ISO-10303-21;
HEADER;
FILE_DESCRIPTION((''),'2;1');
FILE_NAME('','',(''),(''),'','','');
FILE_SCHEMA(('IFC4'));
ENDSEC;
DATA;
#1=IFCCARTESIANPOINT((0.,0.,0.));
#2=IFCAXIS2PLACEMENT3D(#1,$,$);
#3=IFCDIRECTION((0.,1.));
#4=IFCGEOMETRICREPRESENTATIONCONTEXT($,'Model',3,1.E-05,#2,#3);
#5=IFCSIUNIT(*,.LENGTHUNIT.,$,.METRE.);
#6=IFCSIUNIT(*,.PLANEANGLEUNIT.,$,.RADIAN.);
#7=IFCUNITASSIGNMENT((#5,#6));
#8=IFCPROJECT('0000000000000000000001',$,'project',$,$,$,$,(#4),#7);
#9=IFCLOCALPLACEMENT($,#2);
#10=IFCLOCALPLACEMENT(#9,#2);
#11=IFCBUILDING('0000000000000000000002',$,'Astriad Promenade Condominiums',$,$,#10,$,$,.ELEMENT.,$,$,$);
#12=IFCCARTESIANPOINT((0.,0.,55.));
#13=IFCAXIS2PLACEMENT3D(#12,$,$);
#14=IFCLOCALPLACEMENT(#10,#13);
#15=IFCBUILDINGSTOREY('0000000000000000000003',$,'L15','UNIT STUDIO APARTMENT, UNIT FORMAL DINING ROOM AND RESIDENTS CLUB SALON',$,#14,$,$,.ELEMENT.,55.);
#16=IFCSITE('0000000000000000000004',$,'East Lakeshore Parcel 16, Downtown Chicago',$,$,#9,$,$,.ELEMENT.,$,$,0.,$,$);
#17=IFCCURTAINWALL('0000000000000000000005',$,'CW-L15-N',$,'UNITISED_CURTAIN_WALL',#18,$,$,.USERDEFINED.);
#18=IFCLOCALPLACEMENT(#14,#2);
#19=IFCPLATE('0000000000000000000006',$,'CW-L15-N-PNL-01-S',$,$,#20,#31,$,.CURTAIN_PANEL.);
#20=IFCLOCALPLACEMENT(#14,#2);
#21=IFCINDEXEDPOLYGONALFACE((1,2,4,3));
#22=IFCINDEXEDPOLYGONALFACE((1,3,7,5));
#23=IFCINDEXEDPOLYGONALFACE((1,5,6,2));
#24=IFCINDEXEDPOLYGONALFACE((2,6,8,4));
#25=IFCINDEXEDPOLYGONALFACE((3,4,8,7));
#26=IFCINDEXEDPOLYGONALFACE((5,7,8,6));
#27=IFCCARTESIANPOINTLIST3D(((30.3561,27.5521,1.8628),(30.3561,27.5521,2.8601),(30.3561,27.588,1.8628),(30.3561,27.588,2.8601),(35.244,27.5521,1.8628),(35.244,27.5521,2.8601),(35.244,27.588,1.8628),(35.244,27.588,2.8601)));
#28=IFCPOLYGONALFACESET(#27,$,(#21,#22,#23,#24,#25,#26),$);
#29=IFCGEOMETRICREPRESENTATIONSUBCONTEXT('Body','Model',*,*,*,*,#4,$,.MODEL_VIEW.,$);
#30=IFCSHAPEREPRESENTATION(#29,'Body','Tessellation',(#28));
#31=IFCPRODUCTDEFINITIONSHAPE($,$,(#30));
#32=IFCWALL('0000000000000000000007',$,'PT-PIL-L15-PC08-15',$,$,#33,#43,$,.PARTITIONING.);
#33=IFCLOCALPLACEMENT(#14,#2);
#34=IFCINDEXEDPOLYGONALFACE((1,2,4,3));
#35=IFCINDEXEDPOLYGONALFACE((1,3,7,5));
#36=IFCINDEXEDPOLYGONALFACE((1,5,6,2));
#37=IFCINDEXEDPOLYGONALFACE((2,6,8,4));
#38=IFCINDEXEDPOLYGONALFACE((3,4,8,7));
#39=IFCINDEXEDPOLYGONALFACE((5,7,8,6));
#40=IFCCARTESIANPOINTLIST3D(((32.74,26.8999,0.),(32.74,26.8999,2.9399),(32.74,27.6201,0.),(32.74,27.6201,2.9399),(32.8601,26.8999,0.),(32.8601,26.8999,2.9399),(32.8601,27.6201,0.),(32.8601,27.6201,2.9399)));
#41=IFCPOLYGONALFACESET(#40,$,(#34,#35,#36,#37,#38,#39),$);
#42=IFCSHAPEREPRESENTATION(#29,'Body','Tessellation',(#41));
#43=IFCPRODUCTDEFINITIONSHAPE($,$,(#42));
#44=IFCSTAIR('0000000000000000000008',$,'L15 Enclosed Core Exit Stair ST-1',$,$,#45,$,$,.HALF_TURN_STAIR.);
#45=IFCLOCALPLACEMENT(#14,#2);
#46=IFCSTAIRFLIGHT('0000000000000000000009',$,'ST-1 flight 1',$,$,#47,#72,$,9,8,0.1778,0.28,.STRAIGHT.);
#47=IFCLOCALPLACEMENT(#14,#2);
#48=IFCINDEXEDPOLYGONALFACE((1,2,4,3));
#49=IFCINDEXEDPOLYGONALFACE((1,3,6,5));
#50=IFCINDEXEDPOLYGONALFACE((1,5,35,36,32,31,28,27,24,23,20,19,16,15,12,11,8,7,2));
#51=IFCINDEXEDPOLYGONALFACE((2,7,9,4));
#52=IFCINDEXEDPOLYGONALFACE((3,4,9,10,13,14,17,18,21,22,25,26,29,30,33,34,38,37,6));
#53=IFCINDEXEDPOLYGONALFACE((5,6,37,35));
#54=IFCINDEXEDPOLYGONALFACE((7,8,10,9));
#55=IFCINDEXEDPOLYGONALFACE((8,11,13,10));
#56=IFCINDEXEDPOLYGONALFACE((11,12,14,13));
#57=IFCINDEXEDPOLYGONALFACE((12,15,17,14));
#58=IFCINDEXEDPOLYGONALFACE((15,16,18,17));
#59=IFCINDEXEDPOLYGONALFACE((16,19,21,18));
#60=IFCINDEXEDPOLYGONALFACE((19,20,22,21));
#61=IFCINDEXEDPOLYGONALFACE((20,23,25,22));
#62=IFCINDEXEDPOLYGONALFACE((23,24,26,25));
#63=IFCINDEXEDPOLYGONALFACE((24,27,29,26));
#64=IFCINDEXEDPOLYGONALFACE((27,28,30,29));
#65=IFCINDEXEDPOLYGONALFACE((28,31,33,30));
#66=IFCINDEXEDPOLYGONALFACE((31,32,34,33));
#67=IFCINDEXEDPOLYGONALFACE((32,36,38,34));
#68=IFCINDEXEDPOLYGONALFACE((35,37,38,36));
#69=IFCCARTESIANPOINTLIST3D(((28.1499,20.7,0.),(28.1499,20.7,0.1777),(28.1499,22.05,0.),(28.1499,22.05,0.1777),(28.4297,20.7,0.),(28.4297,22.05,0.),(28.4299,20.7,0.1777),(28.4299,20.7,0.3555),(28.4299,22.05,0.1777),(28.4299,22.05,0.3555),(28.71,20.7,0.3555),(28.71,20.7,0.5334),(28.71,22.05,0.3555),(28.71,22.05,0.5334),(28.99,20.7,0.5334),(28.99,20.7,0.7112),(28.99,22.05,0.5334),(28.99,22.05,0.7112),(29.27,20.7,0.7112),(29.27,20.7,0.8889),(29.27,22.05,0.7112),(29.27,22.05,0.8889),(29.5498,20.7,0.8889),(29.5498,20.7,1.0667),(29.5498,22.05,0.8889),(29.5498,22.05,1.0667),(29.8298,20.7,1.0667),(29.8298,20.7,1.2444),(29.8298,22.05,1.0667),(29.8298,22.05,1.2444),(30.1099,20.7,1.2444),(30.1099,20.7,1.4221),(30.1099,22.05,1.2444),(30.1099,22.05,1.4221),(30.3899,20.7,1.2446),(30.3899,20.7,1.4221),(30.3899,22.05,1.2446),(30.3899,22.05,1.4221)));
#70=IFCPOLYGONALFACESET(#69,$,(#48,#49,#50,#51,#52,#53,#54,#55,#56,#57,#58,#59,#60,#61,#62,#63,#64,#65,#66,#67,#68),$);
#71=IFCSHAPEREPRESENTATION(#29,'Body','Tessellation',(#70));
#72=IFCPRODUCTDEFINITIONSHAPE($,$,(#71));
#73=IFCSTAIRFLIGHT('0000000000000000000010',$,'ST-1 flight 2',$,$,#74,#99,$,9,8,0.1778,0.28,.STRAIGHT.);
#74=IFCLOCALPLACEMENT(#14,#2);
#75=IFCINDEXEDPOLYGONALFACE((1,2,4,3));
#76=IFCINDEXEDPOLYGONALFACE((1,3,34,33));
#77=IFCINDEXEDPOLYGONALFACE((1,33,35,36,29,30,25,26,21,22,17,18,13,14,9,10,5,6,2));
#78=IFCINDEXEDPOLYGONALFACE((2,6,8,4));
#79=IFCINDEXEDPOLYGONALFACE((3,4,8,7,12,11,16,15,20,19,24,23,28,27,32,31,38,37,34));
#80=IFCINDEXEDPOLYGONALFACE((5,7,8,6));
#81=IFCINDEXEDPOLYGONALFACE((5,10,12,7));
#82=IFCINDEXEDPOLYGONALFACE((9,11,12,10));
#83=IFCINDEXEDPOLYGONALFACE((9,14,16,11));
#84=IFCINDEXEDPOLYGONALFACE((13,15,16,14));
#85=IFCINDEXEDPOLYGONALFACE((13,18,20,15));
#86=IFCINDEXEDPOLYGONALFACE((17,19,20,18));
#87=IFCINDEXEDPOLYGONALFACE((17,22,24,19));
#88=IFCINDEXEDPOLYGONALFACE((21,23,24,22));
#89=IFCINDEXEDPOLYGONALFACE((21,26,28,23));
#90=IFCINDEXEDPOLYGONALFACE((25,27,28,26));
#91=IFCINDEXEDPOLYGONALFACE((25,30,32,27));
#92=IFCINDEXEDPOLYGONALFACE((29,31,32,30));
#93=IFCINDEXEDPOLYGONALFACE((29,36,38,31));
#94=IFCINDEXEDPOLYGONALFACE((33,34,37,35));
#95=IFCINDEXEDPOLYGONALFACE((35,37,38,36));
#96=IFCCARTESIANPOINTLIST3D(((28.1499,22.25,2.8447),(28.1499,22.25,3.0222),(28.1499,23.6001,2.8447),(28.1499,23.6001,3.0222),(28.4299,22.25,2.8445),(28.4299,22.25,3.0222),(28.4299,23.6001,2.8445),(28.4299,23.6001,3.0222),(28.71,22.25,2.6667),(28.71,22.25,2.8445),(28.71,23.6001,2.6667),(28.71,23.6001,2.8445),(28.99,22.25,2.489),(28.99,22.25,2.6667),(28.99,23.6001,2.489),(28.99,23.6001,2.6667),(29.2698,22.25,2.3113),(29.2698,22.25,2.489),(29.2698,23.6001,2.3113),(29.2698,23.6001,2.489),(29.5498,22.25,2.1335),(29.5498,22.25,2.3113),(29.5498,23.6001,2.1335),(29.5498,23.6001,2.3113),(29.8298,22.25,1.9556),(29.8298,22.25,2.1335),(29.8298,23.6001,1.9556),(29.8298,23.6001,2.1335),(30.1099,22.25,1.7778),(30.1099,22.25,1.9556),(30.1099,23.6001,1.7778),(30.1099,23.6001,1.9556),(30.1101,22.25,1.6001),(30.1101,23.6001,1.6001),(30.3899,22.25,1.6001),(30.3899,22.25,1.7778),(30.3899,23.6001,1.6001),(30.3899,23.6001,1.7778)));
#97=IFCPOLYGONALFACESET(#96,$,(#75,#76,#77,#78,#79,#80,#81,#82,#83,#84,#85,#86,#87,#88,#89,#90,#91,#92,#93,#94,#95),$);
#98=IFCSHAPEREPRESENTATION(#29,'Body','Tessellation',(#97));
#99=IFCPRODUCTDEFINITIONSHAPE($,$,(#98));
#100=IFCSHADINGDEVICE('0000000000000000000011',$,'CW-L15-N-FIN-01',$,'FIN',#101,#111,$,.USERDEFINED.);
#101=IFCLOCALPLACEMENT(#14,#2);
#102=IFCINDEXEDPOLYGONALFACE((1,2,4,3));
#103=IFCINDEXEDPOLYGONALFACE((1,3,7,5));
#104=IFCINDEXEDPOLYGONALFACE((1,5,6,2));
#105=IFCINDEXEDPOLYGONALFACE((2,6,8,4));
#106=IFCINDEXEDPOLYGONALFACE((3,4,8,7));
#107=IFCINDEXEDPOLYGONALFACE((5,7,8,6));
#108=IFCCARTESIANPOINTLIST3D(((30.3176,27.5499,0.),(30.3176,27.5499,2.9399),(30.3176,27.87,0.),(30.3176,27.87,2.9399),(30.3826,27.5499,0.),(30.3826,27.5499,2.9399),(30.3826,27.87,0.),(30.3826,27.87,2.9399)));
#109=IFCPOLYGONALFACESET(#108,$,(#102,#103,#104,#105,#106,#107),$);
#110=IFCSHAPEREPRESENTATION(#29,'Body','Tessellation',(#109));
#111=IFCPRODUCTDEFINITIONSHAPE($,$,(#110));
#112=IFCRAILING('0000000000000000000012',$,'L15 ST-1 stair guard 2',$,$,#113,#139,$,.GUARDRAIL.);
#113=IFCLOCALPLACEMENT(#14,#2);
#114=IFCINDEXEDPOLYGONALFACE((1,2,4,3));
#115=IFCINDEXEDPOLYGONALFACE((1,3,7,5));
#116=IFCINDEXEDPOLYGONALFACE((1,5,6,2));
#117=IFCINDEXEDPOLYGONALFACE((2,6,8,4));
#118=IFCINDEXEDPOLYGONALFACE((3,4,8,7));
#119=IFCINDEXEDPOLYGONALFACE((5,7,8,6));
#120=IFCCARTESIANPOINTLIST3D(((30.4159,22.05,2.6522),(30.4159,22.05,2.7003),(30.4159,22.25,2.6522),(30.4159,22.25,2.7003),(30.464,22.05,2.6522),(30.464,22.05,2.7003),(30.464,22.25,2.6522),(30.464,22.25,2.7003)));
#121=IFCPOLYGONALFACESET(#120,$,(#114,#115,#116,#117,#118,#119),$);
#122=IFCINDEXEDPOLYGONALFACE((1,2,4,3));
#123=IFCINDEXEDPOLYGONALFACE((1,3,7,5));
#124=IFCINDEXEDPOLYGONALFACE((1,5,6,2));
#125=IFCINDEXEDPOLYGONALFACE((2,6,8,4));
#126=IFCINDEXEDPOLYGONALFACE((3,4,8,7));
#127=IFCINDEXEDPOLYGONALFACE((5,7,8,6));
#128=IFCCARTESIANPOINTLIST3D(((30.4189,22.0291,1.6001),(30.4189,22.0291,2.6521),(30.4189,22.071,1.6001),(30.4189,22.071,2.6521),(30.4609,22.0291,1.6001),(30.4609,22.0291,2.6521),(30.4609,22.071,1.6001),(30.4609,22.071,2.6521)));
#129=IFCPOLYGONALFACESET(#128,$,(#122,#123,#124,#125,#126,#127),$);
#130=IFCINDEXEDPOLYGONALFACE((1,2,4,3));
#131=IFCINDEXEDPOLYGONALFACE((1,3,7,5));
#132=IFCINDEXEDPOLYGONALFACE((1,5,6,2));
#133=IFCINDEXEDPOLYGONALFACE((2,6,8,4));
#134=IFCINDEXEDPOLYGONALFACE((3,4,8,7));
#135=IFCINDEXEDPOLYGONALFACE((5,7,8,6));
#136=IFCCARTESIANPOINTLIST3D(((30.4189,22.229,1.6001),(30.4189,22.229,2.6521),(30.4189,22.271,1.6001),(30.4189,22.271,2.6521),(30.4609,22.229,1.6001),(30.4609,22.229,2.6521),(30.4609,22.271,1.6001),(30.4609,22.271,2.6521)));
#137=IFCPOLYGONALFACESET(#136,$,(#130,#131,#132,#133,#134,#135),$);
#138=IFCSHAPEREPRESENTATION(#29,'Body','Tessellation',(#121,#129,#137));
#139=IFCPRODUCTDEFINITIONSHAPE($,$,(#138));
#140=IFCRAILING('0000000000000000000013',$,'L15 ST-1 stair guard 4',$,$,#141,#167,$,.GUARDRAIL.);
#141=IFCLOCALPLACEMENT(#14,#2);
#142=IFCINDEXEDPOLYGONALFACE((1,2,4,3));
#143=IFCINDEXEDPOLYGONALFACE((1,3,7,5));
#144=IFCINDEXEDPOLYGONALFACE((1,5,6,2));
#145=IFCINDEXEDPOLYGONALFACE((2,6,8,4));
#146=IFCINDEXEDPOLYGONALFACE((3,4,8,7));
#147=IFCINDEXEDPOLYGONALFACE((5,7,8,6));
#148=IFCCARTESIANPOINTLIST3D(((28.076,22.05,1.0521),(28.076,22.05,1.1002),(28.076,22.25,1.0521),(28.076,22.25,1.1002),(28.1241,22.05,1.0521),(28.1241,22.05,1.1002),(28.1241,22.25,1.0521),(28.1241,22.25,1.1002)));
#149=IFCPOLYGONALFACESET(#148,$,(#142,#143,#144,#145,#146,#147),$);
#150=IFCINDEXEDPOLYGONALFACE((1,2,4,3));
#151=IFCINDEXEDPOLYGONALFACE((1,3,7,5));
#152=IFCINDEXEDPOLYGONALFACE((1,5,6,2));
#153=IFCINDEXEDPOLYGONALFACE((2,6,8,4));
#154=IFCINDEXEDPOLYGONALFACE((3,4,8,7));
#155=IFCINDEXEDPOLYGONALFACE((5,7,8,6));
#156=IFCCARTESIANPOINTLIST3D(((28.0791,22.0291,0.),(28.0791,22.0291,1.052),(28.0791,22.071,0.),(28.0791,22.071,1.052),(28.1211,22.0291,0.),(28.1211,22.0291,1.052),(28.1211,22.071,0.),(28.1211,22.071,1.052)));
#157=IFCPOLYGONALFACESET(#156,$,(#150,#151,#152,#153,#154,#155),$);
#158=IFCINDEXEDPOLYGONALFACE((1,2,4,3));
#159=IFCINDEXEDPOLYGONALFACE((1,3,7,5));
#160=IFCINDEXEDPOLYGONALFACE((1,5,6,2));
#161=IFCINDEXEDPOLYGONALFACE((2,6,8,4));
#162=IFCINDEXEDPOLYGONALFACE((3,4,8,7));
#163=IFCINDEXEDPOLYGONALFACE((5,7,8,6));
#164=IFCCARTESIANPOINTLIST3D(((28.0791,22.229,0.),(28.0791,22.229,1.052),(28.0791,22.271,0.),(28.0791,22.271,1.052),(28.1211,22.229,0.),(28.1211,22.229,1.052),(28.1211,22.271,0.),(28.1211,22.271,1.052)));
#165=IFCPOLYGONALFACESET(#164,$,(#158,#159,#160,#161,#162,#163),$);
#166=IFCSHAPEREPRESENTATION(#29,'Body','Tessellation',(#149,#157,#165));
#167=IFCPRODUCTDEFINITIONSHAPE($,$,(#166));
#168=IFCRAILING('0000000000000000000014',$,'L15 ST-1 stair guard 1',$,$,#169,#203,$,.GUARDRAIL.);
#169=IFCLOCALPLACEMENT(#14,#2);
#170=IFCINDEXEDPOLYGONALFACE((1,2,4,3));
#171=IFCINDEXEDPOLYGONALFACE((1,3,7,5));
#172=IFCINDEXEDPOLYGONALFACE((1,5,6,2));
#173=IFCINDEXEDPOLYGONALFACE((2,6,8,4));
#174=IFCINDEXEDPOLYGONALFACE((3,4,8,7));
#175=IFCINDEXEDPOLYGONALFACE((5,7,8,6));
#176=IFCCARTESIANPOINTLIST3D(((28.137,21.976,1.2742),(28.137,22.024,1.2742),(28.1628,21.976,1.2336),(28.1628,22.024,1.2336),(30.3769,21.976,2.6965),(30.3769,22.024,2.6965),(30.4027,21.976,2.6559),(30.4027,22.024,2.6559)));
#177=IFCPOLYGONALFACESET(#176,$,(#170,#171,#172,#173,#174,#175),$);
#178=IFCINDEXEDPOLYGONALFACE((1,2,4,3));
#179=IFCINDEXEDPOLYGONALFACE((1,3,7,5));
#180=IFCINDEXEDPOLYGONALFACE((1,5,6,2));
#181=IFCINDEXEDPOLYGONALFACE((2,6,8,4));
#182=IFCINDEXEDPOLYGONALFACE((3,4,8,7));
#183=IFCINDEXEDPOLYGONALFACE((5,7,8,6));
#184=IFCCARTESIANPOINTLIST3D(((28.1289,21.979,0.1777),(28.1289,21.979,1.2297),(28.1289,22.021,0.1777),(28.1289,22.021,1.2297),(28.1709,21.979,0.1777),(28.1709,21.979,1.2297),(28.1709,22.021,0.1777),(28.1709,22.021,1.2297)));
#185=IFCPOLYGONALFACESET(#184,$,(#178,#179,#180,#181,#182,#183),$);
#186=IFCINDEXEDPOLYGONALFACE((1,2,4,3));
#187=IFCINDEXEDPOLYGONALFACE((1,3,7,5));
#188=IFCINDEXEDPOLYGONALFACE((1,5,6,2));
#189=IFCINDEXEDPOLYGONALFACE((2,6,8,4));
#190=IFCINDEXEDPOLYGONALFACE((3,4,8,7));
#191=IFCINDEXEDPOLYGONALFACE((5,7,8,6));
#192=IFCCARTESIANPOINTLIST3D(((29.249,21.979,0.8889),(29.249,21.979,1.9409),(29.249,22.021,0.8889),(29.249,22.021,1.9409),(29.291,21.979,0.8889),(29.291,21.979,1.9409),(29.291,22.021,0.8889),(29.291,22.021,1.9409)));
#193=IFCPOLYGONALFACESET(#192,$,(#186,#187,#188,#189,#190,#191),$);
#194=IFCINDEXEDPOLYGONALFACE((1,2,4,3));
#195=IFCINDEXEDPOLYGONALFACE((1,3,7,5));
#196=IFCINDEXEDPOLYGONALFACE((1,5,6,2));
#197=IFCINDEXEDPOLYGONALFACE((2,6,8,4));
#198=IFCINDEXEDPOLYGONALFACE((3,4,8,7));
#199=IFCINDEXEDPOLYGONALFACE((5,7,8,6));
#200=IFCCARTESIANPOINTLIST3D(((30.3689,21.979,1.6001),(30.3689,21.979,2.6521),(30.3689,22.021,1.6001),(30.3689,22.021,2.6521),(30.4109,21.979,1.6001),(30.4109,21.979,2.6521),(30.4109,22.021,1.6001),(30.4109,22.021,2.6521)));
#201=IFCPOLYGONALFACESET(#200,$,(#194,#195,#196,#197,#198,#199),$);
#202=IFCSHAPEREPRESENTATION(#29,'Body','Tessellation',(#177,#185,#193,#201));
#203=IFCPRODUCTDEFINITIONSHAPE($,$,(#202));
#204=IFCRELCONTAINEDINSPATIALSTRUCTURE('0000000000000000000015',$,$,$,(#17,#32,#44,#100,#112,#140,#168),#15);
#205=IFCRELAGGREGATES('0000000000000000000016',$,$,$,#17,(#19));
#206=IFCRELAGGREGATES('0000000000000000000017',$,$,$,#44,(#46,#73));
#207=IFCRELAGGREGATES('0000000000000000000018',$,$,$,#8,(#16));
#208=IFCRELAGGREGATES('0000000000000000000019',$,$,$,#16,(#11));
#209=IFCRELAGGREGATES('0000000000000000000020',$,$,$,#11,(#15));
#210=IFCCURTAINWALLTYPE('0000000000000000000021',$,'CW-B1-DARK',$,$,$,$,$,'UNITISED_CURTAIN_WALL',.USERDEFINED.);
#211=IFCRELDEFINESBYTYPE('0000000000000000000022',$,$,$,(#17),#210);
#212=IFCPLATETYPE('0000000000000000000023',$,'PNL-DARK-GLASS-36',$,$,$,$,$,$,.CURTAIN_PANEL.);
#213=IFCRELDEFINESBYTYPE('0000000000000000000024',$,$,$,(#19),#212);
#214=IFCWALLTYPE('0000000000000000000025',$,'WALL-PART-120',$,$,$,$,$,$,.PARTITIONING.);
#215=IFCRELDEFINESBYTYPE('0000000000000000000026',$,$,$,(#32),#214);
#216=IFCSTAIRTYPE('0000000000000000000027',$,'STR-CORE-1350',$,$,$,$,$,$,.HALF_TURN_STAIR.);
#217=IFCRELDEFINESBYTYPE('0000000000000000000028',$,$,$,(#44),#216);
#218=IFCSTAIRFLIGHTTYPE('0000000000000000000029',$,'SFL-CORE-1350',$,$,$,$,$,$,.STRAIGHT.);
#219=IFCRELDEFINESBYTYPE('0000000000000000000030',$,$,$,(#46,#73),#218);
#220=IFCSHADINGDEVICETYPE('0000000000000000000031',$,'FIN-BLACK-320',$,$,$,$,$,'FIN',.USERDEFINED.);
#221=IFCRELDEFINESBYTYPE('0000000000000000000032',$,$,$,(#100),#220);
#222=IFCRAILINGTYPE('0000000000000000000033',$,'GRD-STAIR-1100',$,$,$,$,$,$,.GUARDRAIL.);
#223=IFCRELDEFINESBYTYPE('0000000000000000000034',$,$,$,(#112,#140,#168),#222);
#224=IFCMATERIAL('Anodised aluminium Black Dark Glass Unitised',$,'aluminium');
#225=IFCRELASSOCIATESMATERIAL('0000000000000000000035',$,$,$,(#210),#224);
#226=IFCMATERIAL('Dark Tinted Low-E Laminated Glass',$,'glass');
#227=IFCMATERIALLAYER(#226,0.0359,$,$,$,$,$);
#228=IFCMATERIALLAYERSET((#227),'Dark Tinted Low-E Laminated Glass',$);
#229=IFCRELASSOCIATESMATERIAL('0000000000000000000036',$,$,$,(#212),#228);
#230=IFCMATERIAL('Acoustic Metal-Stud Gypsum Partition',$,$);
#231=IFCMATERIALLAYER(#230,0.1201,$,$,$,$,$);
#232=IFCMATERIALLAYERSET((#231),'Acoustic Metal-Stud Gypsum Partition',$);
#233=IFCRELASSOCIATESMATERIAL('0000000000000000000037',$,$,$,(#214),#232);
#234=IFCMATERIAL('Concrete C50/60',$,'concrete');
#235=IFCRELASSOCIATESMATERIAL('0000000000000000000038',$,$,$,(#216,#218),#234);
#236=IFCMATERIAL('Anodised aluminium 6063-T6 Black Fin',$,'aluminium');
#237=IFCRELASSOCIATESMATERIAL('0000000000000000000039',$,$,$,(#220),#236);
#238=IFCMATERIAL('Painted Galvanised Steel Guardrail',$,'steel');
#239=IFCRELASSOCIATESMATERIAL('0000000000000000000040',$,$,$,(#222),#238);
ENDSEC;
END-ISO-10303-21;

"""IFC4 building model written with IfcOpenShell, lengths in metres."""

from ifc_helpers import new_model, si_unit, direction, frame, frame_2d, origin, origin_2d, place, context, subcontext, project, spatial, polyline, rectangle, outline, extrude, source, transform, mapped, material, layer, layer_set, type_object, type_shapes, element, aggregate, save


model = new_model("IFC4")

# Units and contexts
model_context = context("Model", 3, precision=1e-05, world=origin(), true_north=direction((0.0, 1.0)))
body_context = subcontext(model_context, "Body", "Model", "MODEL_VIEW")
ifc_project = project(units=[si_unit("LENGTHUNIT", "METRE"), si_unit("PLANEANGLEUNIT", "RADIAN")], contexts=[model_context])

# Site, building, storey
site_placement = place(None, origin())
site = spatial("IfcSite", under=ifc_project, at=site_placement, Name="East Lakeshore Parcel 16, Downtown Chicago", CompositionType="ELEMENT", RefElevation=0.0)
building_placement = place(site_placement, origin())
building = spatial("IfcBuilding", under=site, at=building_placement, Name="Astriad Promenade Condominiums", CompositionType="ELEMENT")
storey_placement = place(building_placement, frame((0.0, 0.0, 55.0)))
storey = spatial("IfcBuildingStorey", under=building, at=storey_placement, Name="L15", Description="UNIT STUDIO APARTMENT, UNIT FORMAL DINING ROOM AND RESIDENTS CLUB SALON", CompositionType="ELEMENT", Elevation=55.0)

# Curtain wall, plate
ifc_material_1 = material(Name="Anodised aluminium Black Dark Glass Unitised", Category="aluminium")
curtain_wall_type = type_object("IfcCurtainWallType", Name="CW-B1-DARK", ElementType="UNITISED_CURTAIN_WALL", PredefinedType="USERDEFINED", material=ifc_material_1)
curtain_wall_placement = place(storey_placement, origin())
curtain_wall = element("IfcCurtainWall", 1, at=curtain_wall_placement, inside=storey, type_object=curtain_wall_type, Name="CW-L15-N", ObjectType="UNITISED_CURTAIN_WALL", PredefinedType="USERDEFINED")
ifc_material_2 = material(Name="Dark Tinted Low-E Laminated Glass", Category="glass")
ifc_layer_1 = layer(ifc_material_2, 0.0359)
ifc_layer_set_1 = layer_set([ifc_layer_1], Name="Dark Tinted Low-E Laminated Glass")
plate_type = type_object("IfcPlateType", Name="PNL-DARK-GLASS-36", PredefinedType="CURTAIN_PANEL", material=ifc_layer_set_1)
shared_shape_1 = source(origin(), body_context, "Body", "SweptSolid", [
    extrude(rectangle(XDim=4.8879, YDim=0.0359, at=origin_2d()), origin(), (0.0, 0.0, 1.0), 0.9973),
])
plate_1_placement = place(storey_placement, frame((32.8, 27.5701, 1.8628), z_axis=(0.0, 0.0, 1.0), x_axis=(1.0, 0.0, 0.0)))
plate_1 = element("IfcPlate", 2, at=plate_1_placement, type_object=plate_type, Name="CW-L15-N-PNL-01-S", PredefinedType="CURTAIN_PANEL", context=body_context, shape_type="MappedRepresentation", body=[
    mapped(shared_shape_1, transform((0.0, 0.0, 0.0), scale=1.0)),
])
aggregate(curtain_wall, [plate_1])

# Wall
ifc_material_3 = material(Name="Acoustic Metal-Stud Gypsum Partition")
ifc_layer_2 = layer(ifc_material_3, 0.1201)
ifc_layer_set_2 = layer_set([ifc_layer_2], Name="Acoustic Metal-Stud Gypsum Partition")
wall_type = type_object("IfcWallType", Name="WALL-PART-120", PredefinedType="PARTITIONING", material=ifc_layer_set_2)
wall_placement = place(storey_placement, frame((32.8, 26.8999, 0.0), z_axis=(0.0, 0.0, 1.0), x_axis=(0.0, 1.0, 0.0)))
element("IfcWall", 3, at=wall_placement, inside=storey, type_object=wall_type, Name="PT-PIL-L15-PC08-15", PredefinedType="PARTITIONING", context=body_context, shape_type="SweptSolid", body=[
    extrude(rectangle(XDim=0.7202, YDim=0.1201, at=frame_2d((0.3601, 0.0))), origin(), (0.0, 0.0, 1.0), 2.9399),
])

# Stair, stair flights
ifc_material_4 = material(Name="Concrete C50/60", Category="concrete")
stair_type = type_object("IfcStairType", Name="STR-CORE-1350", PredefinedType="HALF_TURN_STAIR", material=ifc_material_4)
stair_placement = place(storey_placement, origin())
stair = element("IfcStair", 4, at=stair_placement, inside=storey, type_object=stair_type, Name="L15 Enclosed Core Exit Stair ST-1", PredefinedType="HALF_TURN_STAIR")
stair_flight_type = type_object("IfcStairFlightType", Name="SFL-CORE-1350", PredefinedType="STRAIGHT", material=ifc_material_4)
shared_shape_2 = source(origin(), body_context, "Body", "SweptSolid", [
    extrude(outline(polyline([(0.0, 0.0), (0.0, 0.1777), (0.28, 0.1777), (0.28, 0.3555), (0.5601, 0.3555), (0.5601, 0.5334), (0.8401, 0.5334), (0.8401, 0.7112), (1.1201, 0.7112), (1.1201, 0.8889), (1.3999, 0.8889), (1.3999, 1.0667), (1.6799, 1.0667), (1.6799, 1.2444), (1.96, 1.2444), (1.96, 1.4221), (2.24, 1.4221), (2.24, 1.6001), (2.24, 1.2446), (0.2798, 0.0), (0.0, 0.0)])), frame((0.0, 0.675, 0.0), z_axis=(0.0, -1.0, 0.0), x_axis=(1.0, 0.0, 0.0)), (0.0, 0.0, 1.0), 1.3501),
])
type_shapes(stair_flight_type, [shared_shape_2])
stair_flight_1_placement = place(storey_placement, frame((28.1499, 21.375, 0.0), z_axis=(0.0, 0.0, 1.0), x_axis=(1.0, 0.0, 0.0)))
stair_flight_1 = element("IfcStairFlight", 5, at=stair_flight_1_placement, type_object=stair_flight_type, Name="ST-1 flight 1", NumberOfRisers=9, NumberOfTreads=8, PredefinedType="STRAIGHT", RiserHeight=0.1778, TreadLength=0.28, context=body_context, shape_type="MappedRepresentation", body=[
    mapped(shared_shape_2, transform((0.0, 0.0, 0.0), scale=1.0)),
])
stair_flight_2_placement = place(storey_placement, frame((30.3899, 22.925, 1.6001), z_axis=(0.0, 0.0, 1.0), x_axis=(-1.0, 0.0, 0.0)))
stair_flight_2 = element("IfcStairFlight", 6, at=stair_flight_2_placement, type_object=stair_flight_type, Name="ST-1 flight 2", NumberOfRisers=9, NumberOfTreads=8, PredefinedType="STRAIGHT", RiserHeight=0.1778, TreadLength=0.28, context=body_context, shape_type="MappedRepresentation", body=[
    mapped(shared_shape_2, transform((0.0, 0.0, 0.0), scale=1.0)),
])
aggregate(stair, [stair_flight_1, stair_flight_2])

# Shading device
ifc_material_5 = material(Name="Anodised aluminium 6063-T6 Black Fin", Category="aluminium")
shading_device_type = type_object("IfcShadingDeviceType", Name="FIN-BLACK-320", ElementType="FIN", PredefinedType="USERDEFINED", material=ifc_material_5)
shared_shape_3 = source(origin(), body_context, "Body", "SweptSolid", [
    extrude(rectangle(XDim=0.0649, YDim=0.3201, at=origin_2d()), origin(), (0.0, 0.0, 1.0), 2.9399),
])
type_shapes(shading_device_type, [shared_shape_3])
shading_device_placement = place(storey_placement, frame((30.3501, 27.71, 0.0), z_axis=(0.0, 0.0, 1.0), x_axis=(1.0, 0.0, 0.0)))
element("IfcShadingDevice", 7, at=shading_device_placement, inside=storey, type_object=shading_device_type, Name="CW-L15-N-FIN-01", ObjectType="FIN", PredefinedType="USERDEFINED", context=body_context, shape_type="MappedRepresentation", body=[
    mapped(shared_shape_3, transform((0.0, 0.0, 0.0), scale=1.0)),
])

# Railings
ifc_material_6 = material(Name="Painted Galvanised Steel Guardrail", Category="steel")
railing_type_1 = type_object("IfcRailingType", Name="GRD-STAIR-1100", PredefinedType="GUARDRAIL", material=ifc_material_6)
shared_shape_4 = source(origin(), body_context, "Body", "SweptSolid", [
    extrude(rectangle(XDim=0.0481, YDim=0.0481, at=origin_2d()), frame((0.0, 0.0, 1.0762), z_axis=(0.0, 1.0, 0.0), x_axis=(-1.0, 0.0, 0.0)), (0.0, 0.0, 1.0), 0.2),
    extrude(rectangle(XDim=0.042, YDim=0.042, at=origin_2d()), origin(), (0.0, 0.0, 1.0), 1.052),
    extrude(rectangle(XDim=0.042, YDim=0.042, at=origin_2d()), frame((0.0, 0.2, 0.0)), (0.0, 0.0, 1.0), 1.052),
])
for number, where, name in (
    (8, (30.4399, 22.05, 1.6001), "L15 ST-1 stair guard 2"),
    (9, (28.1001, 22.05, 0.0), "L15 ST-1 stair guard 4"),
):
    element("IfcRailing", number, at=place(storey_placement, frame(where)), inside=storey, type_object=railing_type_1, Name=name, PredefinedType="GUARDRAIL", context=body_context, shape_type="MappedRepresentation", body=[
        mapped(shared_shape_4, transform((0.0, 0.0, 0.0), scale=1.0)),
    ])
shared_shape_5 = source(origin(), body_context, "Body", "SweptSolid", [
    extrude(rectangle(XDim=0.0481, YDim=0.0481, at=origin_2d()), frame((0.0, 0.0, 1.0762), z_axis=(0.844188, 0.0, 0.536048), x_axis=(0.0, 1.0, 0.0)), (0.0, 0.0, 1.0), 2.6533),
    extrude(rectangle(XDim=0.042, YDim=0.042, at=origin_2d()), origin(), (0.0, 0.0, 1.0), 1.052),
    extrude(rectangle(XDim=0.042, YDim=0.042, at=origin_2d()), frame((1.1201, 0.0, 0.7112)), (0.0, 0.0, 1.0), 1.052),
    extrude(rectangle(XDim=0.042, YDim=0.042, at=origin_2d()), frame((2.24, 0.0, 1.4224)), (0.0, 0.0, 1.0), 1.052),
])
railing_1_placement = place(storey_placement, frame((28.1499, 22.0, 0.1777)))
element("IfcRailing", 10, at=railing_1_placement, inside=storey, type_object=railing_type_1, Name="L15 ST-1 stair guard 1", PredefinedType="GUARDRAIL", context=body_context, shape_type="MappedRepresentation", body=[
    mapped(shared_shape_5, transform((0.0, 0.0, 0.0), scale=1.0)),
])

save(model, "model.ifc")
